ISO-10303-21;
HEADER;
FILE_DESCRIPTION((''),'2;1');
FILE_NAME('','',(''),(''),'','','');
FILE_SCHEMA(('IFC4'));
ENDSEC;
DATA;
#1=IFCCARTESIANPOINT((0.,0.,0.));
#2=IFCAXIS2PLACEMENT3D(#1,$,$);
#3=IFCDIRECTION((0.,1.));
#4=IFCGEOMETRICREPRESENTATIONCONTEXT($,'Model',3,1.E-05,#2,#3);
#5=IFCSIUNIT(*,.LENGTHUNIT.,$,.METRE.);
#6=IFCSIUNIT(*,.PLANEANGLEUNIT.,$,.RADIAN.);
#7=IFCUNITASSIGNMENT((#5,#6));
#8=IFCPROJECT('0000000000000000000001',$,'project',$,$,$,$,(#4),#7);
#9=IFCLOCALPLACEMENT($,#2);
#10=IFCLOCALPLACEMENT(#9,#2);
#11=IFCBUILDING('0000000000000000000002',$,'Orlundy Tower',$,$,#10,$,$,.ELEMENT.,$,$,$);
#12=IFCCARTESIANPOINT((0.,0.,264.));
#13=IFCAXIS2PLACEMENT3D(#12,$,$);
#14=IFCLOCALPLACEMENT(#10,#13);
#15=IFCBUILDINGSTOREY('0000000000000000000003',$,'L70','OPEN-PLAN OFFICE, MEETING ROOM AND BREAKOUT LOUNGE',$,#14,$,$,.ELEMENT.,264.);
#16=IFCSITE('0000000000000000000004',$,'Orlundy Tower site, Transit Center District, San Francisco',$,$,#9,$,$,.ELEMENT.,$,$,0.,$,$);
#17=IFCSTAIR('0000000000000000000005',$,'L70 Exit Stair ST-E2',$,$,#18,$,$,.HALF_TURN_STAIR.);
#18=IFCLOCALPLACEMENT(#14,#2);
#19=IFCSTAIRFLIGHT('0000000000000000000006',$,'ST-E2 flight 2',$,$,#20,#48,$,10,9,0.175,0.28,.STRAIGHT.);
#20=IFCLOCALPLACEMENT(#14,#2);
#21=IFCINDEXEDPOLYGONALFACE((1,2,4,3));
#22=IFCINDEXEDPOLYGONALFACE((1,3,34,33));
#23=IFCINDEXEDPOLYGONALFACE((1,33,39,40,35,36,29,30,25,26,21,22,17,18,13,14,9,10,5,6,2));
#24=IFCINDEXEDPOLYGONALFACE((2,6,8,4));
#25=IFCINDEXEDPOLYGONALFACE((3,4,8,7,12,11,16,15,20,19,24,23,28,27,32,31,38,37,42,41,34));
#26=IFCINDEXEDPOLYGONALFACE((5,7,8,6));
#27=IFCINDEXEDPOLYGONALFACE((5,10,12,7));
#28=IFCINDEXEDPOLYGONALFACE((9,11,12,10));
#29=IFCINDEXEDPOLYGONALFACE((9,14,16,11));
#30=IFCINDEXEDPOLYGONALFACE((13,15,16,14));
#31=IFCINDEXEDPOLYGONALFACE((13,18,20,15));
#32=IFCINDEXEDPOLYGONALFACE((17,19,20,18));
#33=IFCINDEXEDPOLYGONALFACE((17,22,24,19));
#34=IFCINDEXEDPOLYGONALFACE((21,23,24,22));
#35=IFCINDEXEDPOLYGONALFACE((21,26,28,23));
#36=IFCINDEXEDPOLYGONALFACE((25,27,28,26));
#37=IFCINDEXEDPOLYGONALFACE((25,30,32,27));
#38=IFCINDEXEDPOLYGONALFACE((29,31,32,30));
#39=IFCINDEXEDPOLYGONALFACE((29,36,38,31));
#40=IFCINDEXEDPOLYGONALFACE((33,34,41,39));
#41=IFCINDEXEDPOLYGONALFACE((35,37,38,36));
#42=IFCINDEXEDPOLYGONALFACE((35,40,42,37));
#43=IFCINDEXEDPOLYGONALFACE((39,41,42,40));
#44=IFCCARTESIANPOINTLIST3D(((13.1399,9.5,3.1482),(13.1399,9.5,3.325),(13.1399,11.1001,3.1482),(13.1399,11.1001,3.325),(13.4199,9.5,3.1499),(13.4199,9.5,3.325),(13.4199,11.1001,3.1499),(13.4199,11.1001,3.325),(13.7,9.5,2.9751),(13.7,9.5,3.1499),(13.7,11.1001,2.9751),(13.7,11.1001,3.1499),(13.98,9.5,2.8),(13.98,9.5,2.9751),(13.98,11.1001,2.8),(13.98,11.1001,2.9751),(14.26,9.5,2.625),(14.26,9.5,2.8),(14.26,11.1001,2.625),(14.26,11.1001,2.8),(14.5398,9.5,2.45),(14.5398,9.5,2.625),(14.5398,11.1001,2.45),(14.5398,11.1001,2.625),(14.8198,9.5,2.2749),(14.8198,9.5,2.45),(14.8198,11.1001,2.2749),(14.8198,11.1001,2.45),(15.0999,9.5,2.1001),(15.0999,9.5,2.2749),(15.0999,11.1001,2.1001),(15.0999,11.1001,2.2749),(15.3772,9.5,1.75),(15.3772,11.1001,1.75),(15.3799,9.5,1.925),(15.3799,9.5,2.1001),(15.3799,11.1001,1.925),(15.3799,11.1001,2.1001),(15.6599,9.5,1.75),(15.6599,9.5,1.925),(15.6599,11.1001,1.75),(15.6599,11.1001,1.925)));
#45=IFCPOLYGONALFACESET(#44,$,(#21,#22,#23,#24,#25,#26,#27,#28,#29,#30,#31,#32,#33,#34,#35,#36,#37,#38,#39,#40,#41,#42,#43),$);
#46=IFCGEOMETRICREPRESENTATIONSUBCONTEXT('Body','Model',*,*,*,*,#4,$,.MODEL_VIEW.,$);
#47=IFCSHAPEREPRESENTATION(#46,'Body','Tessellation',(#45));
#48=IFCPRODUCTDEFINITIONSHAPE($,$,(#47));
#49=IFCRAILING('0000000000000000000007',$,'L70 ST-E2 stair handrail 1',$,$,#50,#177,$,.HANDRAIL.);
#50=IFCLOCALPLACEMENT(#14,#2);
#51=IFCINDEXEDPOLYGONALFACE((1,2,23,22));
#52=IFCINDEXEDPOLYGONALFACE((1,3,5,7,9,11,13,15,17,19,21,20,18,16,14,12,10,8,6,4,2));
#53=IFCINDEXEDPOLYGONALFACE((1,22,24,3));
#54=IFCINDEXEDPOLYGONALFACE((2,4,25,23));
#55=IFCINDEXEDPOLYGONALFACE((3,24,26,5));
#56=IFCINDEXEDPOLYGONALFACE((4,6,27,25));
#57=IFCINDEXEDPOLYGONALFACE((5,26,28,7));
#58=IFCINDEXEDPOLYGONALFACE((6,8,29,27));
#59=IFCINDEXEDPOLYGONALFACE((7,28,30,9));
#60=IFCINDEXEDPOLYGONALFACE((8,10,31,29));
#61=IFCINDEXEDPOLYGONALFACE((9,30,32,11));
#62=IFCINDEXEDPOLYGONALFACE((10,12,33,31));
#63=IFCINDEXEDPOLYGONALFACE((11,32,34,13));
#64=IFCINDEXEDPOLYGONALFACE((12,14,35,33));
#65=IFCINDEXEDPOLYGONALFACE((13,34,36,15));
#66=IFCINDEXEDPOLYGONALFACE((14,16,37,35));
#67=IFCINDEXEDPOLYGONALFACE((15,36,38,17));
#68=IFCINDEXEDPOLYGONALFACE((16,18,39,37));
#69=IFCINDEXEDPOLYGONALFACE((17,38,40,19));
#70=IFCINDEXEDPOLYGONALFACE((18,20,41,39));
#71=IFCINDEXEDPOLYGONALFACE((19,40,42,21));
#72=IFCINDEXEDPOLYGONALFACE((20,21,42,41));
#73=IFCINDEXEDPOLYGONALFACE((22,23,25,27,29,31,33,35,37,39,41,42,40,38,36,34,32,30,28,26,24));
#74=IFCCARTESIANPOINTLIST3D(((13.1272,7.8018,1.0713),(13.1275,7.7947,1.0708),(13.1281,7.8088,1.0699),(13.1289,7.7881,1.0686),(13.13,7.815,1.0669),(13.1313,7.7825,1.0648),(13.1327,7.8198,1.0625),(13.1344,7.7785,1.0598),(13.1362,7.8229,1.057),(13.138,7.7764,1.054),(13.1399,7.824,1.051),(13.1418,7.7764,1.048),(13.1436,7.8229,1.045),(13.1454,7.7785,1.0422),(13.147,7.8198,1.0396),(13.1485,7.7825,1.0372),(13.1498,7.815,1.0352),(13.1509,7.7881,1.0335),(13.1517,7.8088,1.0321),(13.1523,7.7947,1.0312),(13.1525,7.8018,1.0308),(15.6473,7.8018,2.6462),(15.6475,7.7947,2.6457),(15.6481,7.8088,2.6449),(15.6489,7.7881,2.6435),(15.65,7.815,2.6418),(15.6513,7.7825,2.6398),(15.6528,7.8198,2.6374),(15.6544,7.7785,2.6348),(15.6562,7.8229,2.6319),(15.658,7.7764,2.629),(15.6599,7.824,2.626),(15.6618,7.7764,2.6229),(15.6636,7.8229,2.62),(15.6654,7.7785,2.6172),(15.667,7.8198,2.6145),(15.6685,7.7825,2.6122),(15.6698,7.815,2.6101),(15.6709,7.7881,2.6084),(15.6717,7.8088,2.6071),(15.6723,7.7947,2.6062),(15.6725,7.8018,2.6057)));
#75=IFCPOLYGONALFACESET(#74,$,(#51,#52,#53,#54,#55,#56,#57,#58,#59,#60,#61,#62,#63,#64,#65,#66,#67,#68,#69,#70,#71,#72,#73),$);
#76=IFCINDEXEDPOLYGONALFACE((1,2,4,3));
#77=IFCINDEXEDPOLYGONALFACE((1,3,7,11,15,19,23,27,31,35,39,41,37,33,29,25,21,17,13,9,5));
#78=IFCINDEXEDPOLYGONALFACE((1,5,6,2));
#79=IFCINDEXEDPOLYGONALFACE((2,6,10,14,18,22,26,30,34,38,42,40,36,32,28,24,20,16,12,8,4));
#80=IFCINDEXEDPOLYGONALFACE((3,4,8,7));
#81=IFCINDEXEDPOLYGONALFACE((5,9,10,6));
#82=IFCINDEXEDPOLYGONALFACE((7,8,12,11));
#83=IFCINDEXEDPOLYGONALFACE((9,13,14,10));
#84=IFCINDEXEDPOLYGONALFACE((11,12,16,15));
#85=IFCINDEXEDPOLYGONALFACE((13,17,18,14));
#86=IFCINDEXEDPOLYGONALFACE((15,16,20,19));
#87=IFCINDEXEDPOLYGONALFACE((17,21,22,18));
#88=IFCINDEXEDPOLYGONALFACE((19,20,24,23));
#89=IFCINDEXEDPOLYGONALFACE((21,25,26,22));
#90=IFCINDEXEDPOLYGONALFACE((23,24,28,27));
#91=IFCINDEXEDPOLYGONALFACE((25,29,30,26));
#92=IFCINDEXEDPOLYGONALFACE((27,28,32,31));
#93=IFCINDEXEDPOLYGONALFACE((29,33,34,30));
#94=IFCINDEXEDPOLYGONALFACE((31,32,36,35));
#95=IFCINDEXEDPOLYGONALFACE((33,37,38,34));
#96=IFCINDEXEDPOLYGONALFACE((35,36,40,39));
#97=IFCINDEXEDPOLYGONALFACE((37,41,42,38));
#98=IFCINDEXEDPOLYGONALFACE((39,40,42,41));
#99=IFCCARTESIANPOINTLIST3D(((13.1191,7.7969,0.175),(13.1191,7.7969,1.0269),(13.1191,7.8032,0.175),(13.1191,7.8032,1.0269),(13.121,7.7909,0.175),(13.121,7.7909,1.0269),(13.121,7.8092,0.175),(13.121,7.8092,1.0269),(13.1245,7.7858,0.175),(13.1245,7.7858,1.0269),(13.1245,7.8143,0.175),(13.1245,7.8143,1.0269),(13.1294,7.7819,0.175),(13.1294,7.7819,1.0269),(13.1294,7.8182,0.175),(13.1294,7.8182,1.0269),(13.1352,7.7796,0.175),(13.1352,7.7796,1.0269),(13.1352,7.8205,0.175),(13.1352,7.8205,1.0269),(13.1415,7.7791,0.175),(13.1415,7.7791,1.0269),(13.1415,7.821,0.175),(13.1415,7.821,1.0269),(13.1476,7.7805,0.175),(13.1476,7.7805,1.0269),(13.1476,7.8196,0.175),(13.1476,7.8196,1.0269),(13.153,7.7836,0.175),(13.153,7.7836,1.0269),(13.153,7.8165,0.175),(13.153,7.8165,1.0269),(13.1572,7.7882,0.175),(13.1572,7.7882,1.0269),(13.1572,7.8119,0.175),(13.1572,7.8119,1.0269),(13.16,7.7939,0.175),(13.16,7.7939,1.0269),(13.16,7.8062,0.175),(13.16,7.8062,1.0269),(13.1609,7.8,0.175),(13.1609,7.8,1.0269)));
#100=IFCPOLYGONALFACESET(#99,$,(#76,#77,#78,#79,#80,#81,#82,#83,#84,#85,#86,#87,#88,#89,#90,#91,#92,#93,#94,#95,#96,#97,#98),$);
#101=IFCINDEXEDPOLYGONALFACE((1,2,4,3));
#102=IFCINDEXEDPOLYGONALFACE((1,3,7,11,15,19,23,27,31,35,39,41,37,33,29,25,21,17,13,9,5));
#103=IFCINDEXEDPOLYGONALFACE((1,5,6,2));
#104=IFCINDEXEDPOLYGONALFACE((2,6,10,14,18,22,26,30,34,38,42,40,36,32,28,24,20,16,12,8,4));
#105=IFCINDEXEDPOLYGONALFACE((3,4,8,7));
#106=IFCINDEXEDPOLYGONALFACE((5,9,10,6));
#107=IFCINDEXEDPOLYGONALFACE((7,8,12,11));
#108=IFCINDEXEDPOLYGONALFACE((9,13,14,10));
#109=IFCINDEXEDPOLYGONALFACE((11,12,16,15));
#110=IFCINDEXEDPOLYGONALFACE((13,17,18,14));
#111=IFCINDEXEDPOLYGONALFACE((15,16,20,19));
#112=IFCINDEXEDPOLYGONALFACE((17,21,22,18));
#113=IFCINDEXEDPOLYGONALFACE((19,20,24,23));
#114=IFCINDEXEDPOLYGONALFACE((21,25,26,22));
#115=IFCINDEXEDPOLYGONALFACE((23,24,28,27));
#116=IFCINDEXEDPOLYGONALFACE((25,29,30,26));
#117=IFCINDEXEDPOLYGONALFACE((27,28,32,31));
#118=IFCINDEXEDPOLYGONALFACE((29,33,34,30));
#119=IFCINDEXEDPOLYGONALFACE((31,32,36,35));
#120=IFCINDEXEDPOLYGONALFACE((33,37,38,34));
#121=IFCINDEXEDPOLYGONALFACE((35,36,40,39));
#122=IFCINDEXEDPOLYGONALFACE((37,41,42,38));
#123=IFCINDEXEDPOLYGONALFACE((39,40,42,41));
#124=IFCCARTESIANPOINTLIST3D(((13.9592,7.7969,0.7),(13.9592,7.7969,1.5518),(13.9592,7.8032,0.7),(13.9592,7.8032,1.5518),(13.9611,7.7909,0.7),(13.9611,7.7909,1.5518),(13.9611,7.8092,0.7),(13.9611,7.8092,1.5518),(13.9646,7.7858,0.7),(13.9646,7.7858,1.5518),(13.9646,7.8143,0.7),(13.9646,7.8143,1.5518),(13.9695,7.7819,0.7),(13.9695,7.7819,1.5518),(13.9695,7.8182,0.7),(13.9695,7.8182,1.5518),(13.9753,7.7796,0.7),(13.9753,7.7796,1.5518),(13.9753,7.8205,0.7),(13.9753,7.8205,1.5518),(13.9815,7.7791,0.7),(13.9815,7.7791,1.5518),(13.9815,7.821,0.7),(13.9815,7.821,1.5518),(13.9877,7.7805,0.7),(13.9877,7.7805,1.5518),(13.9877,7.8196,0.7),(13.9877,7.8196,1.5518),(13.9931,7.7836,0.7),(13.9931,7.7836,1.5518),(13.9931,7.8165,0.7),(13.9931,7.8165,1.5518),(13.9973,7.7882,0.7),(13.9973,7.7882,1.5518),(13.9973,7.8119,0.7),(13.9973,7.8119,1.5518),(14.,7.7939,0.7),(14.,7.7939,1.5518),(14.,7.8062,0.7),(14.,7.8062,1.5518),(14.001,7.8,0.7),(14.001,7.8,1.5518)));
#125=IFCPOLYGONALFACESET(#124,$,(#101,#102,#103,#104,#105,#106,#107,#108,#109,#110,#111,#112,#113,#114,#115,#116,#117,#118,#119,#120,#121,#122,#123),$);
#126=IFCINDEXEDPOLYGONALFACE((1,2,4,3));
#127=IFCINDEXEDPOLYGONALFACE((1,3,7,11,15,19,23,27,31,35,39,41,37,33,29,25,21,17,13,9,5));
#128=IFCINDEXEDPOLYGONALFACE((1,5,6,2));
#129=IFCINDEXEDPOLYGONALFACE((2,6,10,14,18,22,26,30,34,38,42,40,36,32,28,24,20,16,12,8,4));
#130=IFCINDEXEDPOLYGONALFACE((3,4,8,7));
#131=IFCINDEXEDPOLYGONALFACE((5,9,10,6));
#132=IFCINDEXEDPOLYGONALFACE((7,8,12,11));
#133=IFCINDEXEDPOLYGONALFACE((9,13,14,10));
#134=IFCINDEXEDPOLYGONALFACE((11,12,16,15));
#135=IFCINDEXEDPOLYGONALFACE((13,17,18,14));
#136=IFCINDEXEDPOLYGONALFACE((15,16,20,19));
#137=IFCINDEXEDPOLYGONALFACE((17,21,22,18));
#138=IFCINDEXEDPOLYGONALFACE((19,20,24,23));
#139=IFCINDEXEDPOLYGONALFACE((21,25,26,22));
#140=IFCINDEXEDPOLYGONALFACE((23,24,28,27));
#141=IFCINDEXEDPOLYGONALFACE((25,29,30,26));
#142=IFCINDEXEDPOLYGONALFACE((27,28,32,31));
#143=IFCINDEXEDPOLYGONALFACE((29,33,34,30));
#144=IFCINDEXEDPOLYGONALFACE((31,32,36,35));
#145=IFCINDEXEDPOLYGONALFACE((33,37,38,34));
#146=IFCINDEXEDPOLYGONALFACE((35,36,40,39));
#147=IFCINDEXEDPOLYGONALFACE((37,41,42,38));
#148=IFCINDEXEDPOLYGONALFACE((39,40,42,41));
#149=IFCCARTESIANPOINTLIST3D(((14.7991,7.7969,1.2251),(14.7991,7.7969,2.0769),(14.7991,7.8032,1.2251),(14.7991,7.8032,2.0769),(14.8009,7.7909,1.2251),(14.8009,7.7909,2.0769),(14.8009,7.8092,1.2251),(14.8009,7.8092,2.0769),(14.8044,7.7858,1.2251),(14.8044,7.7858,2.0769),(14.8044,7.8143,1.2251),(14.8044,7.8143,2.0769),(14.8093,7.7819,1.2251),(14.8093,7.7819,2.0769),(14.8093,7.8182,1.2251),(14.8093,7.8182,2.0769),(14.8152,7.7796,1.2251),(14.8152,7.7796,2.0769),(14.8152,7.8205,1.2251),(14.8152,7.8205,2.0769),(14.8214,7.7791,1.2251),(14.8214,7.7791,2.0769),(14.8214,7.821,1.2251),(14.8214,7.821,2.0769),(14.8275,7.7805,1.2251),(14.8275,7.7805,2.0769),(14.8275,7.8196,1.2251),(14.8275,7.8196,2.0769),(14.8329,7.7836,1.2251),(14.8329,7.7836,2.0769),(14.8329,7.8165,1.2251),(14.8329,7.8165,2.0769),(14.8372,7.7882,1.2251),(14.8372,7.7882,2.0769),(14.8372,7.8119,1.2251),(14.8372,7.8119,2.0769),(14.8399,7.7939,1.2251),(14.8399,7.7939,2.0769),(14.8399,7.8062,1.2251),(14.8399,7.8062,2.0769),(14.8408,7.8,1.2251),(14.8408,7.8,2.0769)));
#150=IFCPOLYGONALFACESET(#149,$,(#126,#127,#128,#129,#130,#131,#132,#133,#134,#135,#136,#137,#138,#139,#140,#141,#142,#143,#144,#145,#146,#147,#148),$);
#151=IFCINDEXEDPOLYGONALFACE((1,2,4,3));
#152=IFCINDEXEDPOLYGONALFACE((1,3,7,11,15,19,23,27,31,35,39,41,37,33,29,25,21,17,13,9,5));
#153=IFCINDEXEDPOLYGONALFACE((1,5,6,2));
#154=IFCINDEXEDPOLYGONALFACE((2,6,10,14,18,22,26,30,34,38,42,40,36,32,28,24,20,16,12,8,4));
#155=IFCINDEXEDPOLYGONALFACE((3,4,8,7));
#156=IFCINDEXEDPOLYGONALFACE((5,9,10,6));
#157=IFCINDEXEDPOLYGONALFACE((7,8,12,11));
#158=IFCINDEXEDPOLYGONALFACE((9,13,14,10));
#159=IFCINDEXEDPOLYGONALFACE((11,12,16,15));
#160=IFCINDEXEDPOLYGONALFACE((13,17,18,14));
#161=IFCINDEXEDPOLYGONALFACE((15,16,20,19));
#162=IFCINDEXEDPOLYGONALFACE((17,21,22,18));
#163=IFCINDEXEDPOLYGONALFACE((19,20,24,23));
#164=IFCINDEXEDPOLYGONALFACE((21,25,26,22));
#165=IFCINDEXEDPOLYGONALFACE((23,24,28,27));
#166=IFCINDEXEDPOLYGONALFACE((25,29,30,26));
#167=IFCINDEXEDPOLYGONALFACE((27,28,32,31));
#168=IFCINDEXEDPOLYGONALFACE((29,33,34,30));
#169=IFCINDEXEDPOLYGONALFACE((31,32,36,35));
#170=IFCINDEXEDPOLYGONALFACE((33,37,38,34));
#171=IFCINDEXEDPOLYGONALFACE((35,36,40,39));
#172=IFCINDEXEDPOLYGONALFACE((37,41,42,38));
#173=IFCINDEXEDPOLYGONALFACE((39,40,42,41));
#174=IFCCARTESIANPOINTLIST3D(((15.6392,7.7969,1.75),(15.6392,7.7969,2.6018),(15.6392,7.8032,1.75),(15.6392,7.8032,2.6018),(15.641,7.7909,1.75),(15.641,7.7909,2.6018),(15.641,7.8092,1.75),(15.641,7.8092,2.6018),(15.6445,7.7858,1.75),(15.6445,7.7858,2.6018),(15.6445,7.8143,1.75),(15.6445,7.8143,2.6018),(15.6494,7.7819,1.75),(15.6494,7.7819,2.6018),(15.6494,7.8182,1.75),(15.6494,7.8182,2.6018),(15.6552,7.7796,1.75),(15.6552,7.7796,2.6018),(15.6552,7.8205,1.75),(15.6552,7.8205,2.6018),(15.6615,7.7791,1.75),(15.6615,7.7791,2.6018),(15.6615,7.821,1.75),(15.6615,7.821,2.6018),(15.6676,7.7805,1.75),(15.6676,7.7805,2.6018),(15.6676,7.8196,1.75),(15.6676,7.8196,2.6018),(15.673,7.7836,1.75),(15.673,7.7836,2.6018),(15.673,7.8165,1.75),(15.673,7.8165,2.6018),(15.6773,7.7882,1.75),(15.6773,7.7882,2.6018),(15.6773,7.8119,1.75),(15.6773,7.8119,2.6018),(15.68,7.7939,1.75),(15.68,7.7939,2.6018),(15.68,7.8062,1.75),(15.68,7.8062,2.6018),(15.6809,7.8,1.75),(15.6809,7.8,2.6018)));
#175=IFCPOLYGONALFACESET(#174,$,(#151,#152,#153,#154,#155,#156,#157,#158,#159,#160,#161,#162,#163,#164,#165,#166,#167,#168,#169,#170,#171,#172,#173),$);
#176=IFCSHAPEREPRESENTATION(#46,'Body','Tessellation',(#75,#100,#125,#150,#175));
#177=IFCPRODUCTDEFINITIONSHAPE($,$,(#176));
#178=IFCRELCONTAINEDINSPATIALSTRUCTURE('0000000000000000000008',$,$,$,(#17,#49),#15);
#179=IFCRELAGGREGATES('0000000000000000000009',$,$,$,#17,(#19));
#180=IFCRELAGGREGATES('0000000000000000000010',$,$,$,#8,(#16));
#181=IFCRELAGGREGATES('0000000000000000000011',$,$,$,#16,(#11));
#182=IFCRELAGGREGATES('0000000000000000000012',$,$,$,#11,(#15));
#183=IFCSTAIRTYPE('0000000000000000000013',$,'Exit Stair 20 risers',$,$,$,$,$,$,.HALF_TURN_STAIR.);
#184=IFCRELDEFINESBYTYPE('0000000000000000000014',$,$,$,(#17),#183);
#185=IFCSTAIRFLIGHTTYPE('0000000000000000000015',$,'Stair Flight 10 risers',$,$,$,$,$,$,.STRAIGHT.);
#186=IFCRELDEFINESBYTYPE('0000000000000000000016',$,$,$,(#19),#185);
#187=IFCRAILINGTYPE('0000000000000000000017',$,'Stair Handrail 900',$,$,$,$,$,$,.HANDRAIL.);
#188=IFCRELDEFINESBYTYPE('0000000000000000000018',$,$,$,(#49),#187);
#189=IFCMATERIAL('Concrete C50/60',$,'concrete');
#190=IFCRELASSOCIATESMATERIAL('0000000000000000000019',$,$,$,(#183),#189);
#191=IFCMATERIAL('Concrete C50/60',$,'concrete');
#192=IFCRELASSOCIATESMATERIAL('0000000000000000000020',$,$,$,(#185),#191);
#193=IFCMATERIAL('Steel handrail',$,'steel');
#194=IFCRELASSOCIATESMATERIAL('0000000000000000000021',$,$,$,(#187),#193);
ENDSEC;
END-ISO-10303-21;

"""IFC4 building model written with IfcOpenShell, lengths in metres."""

from ifc_helpers import new_model, si_unit, direction, frame, origin, origin_2d, place, context, subcontext, project, spatial, polyline, circle, outline, extrude, material, type_object, element, aggregate, save


model = new_model("IFC4")

# Units and contexts
model_context = context("Model", 3, precision=1e-05, world=origin(), true_north=direction((0.0, 1.0)))
body_context = subcontext(model_context, "Body", "Model", "MODEL_VIEW")
ifc_project = project(units=[si_unit("LENGTHUNIT", "METRE"), si_unit("PLANEANGLEUNIT", "RADIAN")], contexts=[model_context])

# Site, building, storey
site_placement = place(None, origin())
site = spatial("IfcSite", under=ifc_project, at=site_placement, Name="Orlundy Tower site, Transit Center District, San Francisco", CompositionType="ELEMENT", RefElevation=0.0)
building_placement = place(site_placement, origin())
building = spatial("IfcBuilding", under=site, at=building_placement, Name="Orlundy Tower", CompositionType="ELEMENT")
storey_placement = place(building_placement, frame((0.0, 0.0, 264.0)))
storey = spatial("IfcBuildingStorey", under=building, at=storey_placement, Name="L70", Description="OPEN-PLAN OFFICE, MEETING ROOM AND BREAKOUT LOUNGE", CompositionType="ELEMENT", Elevation=264.0)

# Stair, stair flight
ifc_material_1 = material(Name="Concrete C50/60", Category="concrete")
stair_type = type_object("IfcStairType", Name="Exit Stair 20 risers", PredefinedType="HALF_TURN_STAIR", material=ifc_material_1)
stair_placement = place(storey_placement, origin())
stair = element("IfcStair", 1, at=stair_placement, inside=storey, type_object=stair_type, Name="L70 Exit Stair ST-E2", PredefinedType="HALF_TURN_STAIR")
ifc_material_2 = material(Name="Concrete C50/60", Category="concrete")
stair_flight_type = type_object("IfcStairFlightType", Name="Stair Flight 10 risers", PredefinedType="STRAIGHT", material=ifc_material_2)
stair_flight_1_placement = place(storey_placement, frame((15.6599, 10.3, 1.75), z_axis=(0.0, 0.0, 1.0), x_axis=(-1.0, 0.0, 0.0)))
stair_flight_1 = element("IfcStairFlight", 2, at=stair_flight_1_placement, type_object=stair_flight_type, Name="ST-E2 flight 2", NumberOfRisers=10, NumberOfTreads=9, PredefinedType="STRAIGHT", RiserHeight=0.175, TreadLength=0.28, context=body_context, shape_type="SweptSolid", body=[
    extrude(outline(polyline([(0.0, 0.0), (0.0, 0.175), (0.28, 0.175), (0.28, 0.3501), (0.5601, 0.3501), (0.5601, 0.5249), (0.8401, 0.5249), (0.8401, 0.7), (1.1201, 0.7), (1.1201, 0.875), (1.3999, 0.875), (1.3999, 1.05), (1.6799, 1.05), (1.6799, 1.2251), (1.96, 1.2251), (1.96, 1.3999), (2.24, 1.3999), (2.24, 1.575), (2.52, 1.575), (2.52, 1.75), (2.52, 1.3982), (0.2827, 0.0), (0.0, 0.0)])), frame((0.0, 0.8, 0.0), z_axis=(0.0, -1.0, 0.0), x_axis=(1.0, 0.0, 0.0)), (0.0, 0.0, 1.0), 1.6001),
])
aggregate(stair, [stair_flight_1])

# Railing
ifc_material_3 = material(Name="Steel handrail", Category="steel")
railing_type_1 = type_object("IfcRailingType", Name="Stair Handrail 900", PredefinedType="HANDRAIL", material=ifc_material_3)
railing_1_placement = place(storey_placement, frame((13.1399, 7.8, 0.175)))
element("IfcRailing", 3, at=railing_1_placement, inside=storey, type_object=railing_type_1, Name="L70 ST-E2 stair handrail 1", PredefinedType="HANDRAIL", context=body_context, shape_type="SweptSolid", body=[
    extrude(circle(Radius=0.0239, at=origin_2d()), frame((0.0, 0.0, 0.876), z_axis=(0.848008, 0.0, 0.529984), x_axis=(0.0, 1.0, 0.0)), (0.0, 0.0, 1.0), 2.9717),
    extrude(circle(Radius=0.021, at=origin_2d()), origin(), (0.0, 0.0, 1.0), 0.8518),
    extrude(circle(Radius=0.021, at=origin_2d()), frame((0.8401, 0.0, 0.5249)), (0.0, 0.0, 1.0), 0.8518),
    extrude(circle(Radius=0.021, at=origin_2d()), frame((1.6799, 0.0, 1.05)), (0.0, 0.0, 1.0), 0.8518),
    extrude(circle(Radius=0.021, at=origin_2d()), frame((2.52, 0.0, 1.575)), (0.0, 0.0, 1.0), 0.8518),
])

save(model, "model.ifc")
